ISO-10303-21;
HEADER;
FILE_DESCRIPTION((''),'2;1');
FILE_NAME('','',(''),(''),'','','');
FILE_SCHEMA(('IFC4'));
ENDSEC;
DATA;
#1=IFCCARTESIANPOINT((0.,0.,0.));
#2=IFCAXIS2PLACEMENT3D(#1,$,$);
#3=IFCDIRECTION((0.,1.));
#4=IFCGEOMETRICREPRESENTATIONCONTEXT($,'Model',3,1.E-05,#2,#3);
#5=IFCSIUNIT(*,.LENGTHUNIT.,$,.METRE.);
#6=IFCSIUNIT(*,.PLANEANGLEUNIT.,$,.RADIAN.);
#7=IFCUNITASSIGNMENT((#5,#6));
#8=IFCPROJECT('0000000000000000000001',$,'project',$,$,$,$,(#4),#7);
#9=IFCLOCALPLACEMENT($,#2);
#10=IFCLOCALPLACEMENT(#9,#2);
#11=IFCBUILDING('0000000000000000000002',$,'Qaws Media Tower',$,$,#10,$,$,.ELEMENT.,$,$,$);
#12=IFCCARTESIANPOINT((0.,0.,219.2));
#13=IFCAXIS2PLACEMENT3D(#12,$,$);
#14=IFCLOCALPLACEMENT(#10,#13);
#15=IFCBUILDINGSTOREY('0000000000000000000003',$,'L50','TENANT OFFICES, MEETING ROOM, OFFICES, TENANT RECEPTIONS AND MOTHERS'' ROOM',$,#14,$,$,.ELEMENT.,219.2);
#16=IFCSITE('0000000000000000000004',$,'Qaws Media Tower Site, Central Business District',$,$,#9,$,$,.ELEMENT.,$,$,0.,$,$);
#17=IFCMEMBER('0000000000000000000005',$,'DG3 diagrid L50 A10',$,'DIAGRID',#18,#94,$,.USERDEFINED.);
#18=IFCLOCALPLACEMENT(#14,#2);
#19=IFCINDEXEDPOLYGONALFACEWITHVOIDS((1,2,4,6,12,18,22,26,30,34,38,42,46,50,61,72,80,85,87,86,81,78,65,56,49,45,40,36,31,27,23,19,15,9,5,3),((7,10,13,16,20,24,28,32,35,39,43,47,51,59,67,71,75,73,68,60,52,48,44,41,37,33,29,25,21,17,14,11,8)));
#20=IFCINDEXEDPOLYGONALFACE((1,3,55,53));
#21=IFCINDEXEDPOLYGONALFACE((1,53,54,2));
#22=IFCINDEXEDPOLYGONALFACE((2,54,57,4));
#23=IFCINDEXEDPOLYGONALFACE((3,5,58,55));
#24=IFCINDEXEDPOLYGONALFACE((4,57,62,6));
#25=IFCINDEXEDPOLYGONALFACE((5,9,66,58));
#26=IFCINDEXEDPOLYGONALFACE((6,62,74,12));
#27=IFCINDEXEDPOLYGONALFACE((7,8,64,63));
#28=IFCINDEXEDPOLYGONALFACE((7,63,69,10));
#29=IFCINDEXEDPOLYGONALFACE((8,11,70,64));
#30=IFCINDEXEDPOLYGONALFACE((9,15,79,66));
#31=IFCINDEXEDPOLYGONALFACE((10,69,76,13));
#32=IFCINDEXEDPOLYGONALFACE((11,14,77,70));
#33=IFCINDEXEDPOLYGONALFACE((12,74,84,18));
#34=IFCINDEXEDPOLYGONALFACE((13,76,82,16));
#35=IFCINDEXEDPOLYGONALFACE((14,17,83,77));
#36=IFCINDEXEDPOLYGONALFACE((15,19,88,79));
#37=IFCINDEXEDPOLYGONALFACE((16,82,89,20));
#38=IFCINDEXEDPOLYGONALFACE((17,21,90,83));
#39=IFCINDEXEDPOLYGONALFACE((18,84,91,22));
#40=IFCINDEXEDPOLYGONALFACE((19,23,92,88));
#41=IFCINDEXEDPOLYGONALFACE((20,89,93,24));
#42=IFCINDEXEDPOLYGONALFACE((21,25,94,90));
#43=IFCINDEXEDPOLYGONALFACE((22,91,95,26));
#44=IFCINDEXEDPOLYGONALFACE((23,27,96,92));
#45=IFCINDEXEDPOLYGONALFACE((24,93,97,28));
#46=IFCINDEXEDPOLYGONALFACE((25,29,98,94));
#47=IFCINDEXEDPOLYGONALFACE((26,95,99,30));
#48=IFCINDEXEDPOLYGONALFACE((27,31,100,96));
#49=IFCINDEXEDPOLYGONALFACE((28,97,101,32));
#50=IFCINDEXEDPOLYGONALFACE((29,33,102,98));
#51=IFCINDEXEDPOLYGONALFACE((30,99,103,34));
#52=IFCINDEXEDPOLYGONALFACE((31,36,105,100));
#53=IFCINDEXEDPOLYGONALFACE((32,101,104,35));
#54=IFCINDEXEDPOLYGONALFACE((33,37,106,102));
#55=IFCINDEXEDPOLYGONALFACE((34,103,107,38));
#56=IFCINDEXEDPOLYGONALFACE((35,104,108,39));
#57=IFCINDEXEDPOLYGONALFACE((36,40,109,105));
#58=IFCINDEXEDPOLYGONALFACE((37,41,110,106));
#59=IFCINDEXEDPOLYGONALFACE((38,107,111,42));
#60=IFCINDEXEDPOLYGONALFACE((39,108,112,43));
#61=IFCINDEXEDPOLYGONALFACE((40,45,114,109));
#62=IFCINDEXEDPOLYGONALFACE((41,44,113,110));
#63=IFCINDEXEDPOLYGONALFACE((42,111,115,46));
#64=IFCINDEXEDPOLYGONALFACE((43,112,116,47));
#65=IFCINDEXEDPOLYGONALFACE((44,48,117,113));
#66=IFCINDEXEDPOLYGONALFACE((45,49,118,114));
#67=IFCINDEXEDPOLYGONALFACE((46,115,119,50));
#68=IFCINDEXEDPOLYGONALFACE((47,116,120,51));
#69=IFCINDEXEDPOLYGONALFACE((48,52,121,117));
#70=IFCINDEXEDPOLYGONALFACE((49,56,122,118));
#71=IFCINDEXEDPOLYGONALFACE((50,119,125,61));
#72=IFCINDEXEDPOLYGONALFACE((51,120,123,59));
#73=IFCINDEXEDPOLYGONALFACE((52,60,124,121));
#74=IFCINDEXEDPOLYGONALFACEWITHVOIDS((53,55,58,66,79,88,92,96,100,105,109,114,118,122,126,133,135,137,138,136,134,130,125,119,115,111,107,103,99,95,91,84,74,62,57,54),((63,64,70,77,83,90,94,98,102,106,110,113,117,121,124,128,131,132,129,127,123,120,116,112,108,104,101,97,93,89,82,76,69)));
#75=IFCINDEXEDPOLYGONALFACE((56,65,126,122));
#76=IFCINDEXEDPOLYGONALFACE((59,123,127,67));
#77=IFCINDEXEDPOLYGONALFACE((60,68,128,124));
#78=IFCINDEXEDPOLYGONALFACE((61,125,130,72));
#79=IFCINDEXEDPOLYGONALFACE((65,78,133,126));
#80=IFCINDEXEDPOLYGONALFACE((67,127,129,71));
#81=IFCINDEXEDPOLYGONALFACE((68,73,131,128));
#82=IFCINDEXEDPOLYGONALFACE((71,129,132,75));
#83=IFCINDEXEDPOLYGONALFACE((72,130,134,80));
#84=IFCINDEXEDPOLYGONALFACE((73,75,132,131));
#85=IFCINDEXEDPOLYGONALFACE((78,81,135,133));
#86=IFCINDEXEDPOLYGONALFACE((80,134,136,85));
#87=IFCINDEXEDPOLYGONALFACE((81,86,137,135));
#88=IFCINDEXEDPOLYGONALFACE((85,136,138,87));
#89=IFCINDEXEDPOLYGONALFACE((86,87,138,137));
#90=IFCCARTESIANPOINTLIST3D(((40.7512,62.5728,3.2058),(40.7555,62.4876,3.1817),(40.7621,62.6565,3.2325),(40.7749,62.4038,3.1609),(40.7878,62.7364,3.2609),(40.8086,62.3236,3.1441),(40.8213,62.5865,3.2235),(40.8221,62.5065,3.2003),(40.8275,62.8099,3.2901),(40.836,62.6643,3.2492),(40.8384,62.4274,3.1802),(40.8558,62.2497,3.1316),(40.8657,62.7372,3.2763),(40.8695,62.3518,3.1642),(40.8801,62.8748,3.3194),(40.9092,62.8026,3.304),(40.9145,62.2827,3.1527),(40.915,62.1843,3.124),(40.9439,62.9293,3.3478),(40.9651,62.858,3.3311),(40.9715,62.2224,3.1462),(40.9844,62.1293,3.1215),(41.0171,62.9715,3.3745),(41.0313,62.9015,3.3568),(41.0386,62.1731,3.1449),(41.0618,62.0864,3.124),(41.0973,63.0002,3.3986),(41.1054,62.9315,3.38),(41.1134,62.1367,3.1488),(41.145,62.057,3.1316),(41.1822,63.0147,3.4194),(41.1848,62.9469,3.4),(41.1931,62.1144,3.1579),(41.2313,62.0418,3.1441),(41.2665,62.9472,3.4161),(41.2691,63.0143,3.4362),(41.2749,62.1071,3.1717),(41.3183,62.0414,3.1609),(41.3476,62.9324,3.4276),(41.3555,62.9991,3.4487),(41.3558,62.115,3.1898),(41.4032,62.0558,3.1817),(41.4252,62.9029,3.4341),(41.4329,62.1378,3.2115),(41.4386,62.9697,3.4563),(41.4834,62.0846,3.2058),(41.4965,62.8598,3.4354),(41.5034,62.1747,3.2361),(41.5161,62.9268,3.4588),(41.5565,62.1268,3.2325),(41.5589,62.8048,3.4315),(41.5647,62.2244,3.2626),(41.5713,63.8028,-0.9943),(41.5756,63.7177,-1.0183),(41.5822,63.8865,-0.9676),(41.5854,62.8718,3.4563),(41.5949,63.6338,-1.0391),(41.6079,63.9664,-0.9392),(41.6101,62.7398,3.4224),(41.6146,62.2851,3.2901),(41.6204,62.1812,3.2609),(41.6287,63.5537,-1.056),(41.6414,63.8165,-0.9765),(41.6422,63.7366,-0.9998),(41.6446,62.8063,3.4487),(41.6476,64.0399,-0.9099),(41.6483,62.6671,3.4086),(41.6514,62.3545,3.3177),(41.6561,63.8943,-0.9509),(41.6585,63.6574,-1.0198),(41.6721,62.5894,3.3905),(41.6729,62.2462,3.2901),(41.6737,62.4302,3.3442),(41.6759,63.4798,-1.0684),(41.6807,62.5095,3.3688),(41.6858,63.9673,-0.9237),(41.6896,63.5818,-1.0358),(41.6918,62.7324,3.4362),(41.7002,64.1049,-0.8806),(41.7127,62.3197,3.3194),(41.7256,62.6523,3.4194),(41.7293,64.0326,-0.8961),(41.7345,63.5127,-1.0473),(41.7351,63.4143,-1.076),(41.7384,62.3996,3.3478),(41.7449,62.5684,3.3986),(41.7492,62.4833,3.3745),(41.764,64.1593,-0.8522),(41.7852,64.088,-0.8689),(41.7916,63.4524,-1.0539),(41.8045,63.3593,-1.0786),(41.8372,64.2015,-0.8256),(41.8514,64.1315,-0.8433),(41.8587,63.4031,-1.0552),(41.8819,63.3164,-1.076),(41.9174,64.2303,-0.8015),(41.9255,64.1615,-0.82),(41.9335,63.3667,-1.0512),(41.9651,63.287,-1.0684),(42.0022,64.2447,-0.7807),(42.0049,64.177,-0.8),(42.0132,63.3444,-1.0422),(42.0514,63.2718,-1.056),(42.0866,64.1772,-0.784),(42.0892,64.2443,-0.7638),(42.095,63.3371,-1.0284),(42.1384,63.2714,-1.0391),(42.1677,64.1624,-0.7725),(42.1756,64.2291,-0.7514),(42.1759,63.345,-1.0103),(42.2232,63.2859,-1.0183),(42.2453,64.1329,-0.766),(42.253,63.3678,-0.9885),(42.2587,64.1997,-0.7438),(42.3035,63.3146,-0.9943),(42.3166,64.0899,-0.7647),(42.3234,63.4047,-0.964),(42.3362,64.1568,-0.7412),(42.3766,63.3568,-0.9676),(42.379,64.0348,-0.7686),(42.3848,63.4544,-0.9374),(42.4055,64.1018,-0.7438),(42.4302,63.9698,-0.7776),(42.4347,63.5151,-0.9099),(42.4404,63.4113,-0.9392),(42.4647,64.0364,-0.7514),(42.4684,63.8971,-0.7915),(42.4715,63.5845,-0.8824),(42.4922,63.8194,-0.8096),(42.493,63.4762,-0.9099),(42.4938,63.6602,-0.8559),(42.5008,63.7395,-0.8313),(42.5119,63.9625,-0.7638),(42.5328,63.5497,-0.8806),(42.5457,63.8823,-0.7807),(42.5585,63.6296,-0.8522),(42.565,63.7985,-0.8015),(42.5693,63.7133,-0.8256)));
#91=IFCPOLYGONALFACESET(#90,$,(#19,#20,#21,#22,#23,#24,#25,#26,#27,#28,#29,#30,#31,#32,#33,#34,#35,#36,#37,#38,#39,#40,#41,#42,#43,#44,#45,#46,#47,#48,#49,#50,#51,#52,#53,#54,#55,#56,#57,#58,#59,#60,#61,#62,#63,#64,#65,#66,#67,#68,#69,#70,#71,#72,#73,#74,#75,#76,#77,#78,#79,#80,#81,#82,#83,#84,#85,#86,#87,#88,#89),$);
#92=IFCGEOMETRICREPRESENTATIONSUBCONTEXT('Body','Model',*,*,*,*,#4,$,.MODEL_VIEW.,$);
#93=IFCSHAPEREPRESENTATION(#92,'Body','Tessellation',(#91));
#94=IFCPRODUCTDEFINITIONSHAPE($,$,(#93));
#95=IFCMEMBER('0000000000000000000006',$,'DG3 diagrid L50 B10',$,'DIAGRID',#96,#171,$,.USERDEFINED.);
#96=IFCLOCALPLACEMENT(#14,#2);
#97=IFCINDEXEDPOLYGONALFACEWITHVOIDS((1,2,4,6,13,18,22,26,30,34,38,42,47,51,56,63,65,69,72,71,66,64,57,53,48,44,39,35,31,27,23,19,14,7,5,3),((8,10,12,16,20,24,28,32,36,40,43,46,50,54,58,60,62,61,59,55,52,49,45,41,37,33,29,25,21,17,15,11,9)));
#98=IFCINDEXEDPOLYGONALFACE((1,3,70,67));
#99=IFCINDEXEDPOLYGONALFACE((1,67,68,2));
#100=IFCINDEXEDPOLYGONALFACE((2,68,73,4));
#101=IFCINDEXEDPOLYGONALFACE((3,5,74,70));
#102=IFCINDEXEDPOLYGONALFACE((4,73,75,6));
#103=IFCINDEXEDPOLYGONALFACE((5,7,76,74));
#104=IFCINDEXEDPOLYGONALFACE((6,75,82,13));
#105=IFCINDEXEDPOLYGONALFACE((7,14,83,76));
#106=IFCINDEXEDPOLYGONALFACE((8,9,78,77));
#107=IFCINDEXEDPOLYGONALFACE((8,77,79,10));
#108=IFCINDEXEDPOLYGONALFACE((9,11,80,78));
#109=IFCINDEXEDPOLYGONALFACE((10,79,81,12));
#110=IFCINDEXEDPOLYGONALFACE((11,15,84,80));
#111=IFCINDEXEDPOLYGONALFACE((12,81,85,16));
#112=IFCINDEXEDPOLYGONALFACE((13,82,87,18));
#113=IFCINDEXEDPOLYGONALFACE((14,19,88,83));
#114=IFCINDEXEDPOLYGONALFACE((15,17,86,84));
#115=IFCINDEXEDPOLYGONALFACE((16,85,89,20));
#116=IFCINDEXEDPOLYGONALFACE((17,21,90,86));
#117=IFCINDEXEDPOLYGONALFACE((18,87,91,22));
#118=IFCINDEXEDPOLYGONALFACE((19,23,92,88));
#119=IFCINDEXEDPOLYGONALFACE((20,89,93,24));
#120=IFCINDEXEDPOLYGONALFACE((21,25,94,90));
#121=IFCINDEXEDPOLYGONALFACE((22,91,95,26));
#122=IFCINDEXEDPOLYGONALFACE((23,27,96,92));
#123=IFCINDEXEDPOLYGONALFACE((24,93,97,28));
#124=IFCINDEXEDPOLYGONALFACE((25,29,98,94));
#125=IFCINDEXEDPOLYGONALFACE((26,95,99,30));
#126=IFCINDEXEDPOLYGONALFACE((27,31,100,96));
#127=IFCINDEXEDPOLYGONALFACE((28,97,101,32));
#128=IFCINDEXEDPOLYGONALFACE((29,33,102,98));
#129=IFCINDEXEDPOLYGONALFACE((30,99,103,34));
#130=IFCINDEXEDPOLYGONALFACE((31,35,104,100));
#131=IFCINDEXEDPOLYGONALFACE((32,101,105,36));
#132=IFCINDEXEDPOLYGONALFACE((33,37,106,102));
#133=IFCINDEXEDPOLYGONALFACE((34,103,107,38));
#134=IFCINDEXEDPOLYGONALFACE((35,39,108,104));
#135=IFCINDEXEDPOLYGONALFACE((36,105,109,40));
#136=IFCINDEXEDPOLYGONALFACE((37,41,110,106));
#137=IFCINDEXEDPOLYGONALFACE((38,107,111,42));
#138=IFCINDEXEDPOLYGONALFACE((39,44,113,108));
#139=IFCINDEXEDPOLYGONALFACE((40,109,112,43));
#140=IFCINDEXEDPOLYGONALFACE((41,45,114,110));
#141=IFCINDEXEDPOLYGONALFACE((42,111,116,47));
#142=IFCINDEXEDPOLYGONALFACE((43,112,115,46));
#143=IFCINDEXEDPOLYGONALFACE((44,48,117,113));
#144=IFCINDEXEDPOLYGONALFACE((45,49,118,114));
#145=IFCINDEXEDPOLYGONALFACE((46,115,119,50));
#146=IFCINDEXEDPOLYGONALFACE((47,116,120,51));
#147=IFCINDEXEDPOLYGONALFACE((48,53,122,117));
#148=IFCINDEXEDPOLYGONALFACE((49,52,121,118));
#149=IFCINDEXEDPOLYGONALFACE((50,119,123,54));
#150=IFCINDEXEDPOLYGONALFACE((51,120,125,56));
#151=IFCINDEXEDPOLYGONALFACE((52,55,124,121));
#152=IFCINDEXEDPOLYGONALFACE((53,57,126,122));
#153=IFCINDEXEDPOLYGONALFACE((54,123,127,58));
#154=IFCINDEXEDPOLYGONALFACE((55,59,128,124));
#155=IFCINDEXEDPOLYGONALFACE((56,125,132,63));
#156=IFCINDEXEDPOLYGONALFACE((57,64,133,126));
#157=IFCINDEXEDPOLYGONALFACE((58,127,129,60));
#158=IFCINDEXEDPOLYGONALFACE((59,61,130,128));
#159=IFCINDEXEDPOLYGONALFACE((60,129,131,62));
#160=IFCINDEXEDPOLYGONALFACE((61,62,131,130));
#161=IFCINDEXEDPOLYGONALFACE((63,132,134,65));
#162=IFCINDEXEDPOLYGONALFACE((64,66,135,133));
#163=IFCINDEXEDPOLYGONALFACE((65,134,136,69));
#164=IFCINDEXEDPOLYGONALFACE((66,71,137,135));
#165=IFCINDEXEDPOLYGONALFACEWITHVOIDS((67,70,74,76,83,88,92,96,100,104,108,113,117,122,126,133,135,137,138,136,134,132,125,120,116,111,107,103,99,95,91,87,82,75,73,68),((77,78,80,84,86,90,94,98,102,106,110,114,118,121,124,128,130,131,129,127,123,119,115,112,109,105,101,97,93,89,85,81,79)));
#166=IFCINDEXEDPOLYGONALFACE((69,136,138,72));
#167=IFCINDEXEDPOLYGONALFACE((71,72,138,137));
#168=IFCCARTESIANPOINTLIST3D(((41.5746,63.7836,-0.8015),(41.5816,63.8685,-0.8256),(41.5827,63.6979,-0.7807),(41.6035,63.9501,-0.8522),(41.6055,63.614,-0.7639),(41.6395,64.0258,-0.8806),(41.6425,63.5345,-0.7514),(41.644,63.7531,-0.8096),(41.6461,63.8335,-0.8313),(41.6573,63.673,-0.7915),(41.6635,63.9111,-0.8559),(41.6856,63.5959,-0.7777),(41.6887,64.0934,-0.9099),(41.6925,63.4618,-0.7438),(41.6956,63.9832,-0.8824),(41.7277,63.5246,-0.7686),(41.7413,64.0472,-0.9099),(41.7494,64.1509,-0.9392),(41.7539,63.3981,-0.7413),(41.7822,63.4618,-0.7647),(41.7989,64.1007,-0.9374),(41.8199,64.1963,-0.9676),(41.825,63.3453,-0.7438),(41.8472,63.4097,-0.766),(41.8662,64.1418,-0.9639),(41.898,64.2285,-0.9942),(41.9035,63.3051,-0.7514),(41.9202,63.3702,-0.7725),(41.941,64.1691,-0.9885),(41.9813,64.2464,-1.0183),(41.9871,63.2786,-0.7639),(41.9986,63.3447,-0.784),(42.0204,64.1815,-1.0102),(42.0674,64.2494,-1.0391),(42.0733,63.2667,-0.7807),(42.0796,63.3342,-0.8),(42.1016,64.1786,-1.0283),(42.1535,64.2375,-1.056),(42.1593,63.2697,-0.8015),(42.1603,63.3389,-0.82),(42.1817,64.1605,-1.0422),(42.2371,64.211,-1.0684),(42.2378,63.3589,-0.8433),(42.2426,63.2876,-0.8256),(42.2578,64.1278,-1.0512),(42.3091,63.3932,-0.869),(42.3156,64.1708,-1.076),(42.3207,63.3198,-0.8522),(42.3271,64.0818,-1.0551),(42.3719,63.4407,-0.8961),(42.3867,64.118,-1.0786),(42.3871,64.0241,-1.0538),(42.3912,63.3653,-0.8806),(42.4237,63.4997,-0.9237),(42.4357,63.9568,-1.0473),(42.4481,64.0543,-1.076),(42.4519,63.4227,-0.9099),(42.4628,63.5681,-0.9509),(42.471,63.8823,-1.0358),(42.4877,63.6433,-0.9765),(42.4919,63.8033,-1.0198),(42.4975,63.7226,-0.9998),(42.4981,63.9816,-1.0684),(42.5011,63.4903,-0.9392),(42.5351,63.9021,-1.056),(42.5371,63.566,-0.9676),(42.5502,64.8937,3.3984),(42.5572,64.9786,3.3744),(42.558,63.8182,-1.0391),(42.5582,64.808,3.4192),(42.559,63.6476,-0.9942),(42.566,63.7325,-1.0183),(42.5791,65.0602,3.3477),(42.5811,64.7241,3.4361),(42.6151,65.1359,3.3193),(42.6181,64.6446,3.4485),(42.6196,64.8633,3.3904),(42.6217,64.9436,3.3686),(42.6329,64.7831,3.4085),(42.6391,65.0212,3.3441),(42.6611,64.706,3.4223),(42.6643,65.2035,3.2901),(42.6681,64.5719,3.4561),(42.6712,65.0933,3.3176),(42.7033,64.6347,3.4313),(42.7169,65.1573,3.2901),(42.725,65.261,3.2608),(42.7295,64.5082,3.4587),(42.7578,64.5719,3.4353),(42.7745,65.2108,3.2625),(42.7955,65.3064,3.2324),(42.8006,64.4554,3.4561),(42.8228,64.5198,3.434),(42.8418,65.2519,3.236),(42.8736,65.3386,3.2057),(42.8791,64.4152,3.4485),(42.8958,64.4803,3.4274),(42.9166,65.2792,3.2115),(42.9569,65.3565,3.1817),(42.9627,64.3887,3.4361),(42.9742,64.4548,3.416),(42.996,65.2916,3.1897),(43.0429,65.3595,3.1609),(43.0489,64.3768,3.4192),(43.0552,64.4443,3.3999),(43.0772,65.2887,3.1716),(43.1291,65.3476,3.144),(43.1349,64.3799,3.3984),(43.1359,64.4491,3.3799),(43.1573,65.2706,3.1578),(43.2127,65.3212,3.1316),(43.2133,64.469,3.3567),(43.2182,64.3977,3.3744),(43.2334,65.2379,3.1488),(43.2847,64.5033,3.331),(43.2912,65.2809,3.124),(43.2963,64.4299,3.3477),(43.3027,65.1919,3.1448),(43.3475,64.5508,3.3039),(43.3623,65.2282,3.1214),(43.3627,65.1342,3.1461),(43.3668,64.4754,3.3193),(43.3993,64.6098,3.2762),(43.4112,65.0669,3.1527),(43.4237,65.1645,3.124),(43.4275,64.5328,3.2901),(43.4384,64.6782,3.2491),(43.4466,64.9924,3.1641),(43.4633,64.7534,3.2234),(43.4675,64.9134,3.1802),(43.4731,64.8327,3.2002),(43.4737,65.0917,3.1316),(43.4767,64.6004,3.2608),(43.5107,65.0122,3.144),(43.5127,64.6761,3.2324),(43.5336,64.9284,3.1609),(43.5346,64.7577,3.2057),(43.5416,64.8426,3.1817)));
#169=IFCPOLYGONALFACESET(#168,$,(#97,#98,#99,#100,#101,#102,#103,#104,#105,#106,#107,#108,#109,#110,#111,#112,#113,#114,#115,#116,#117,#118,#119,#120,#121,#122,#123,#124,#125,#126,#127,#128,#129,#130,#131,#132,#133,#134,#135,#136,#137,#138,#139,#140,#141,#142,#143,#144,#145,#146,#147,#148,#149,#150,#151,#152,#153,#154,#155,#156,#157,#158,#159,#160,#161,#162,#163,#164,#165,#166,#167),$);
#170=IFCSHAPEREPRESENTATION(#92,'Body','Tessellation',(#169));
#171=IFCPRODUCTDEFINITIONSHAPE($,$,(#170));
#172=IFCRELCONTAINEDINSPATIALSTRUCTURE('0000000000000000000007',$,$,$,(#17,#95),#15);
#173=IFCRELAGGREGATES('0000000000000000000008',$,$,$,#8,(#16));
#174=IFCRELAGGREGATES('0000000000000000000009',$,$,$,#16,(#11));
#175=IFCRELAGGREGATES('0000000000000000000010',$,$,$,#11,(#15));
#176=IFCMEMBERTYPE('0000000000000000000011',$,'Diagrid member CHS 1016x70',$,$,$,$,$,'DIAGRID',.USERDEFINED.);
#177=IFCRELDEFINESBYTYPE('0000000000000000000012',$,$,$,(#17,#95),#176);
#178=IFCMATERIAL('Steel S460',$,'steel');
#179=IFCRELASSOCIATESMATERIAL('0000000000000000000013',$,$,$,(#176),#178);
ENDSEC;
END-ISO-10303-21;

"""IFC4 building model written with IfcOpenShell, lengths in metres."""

from ifc_helpers import new_model, si_unit, direction, frame, origin, origin_2d, place, context, subcontext, project, spatial, hollow_circle, extrude, material, material_profile, profile_set, type_object, element, save


model = new_model("IFC4")

# Units and contexts
model_context = context("Model", 3, precision=1e-05, world=origin(), true_north=direction((0.0, 1.0)))
body_context = subcontext(model_context, "Body", "Model", "MODEL_VIEW")
ifc_project = project(units=[si_unit("LENGTHUNIT", "METRE"), si_unit("PLANEANGLEUNIT", "RADIAN")], contexts=[model_context])

# Site, building, storey
site_placement = place(None, origin())
site = spatial("IfcSite", under=ifc_project, at=site_placement, Name="Qaws Media Tower Site, Central Business District", CompositionType="ELEMENT", RefElevation=0.0)
building_placement = place(site_placement, origin())
building = spatial("IfcBuilding", under=site, at=building_placement, Name="Qaws Media Tower", CompositionType="ELEMENT")
storey_placement = place(building_placement, frame((0.0, 0.0, 219.2)))
storey = spatial("IfcBuildingStorey", under=building, at=storey_placement, Name="L50", Description="TENANT OFFICES, MEETING ROOM, OFFICES, TENANT RECEPTIONS AND MOTHERS' ROOM", CompositionType="ELEMENT", Elevation=219.2)

# Members
ifc_material_1 = material(Name="Steel S460", Category="steel")
ifc_material_profile_1 = material_profile(ifc_material_1, hollow_circle(Radius=0.5081, WallThickness=0.0701, at=origin_2d()), Name="CHS 1016x70")
ifc_profile_set_1 = profile_set([ifc_material_profile_1], Name="Steel S460")
member_type_1 = type_object("IfcMemberType", Name="Diagrid member CHS 1016x70", ElementType="DIAGRID", PredefinedType="USERDEFINED", material=ifc_profile_set_1)
member_1_placement = place(storey_placement, frame((42.0703, 63.7581, -0.9099), z_axis=(-0.184181, -0.276244, 0.943275), x_axis=(0.832025, -0.554738, 0.0)))
element("IfcMember", 1, at=member_1_placement, inside=storey, type_object=member_type_1, Name="DG3 diagrid L50 A10", ObjectType="DIAGRID", PredefinedType="USERDEFINED", context=body_context, shape_type="SweptSolid", body=[
    extrude(hollow_circle(Radius=0.5081, WallThickness=0.0701, at=origin_2d()), origin(), (0.0, 0.0, 1.0), 4.4526),
])
for number, where, z_axis, x_axis, name in (
    (2, (42.0703, 63.7581, -0.9099), (0.219116, 0.249329, 0.943305), (-0.751152, 0.660129, 0.0), "DG3 diagrid L50 B10"),
):
    element("IfcMember", number, at=place(storey_placement, frame(where, z_axis=z_axis, x_axis=x_axis)), inside=storey, type_object=member_type_1, Name=name, ObjectType="DIAGRID", PredefinedType="USERDEFINED", context=body_context, shape_type="SweptSolid", body=[
        extrude(hollow_circle(Radius=0.5081, WallThickness=0.0701, at=origin_2d()), origin(), (0.0, 0.0, 1.0), 4.4524),
    ])

save(model, "model.ifc")
